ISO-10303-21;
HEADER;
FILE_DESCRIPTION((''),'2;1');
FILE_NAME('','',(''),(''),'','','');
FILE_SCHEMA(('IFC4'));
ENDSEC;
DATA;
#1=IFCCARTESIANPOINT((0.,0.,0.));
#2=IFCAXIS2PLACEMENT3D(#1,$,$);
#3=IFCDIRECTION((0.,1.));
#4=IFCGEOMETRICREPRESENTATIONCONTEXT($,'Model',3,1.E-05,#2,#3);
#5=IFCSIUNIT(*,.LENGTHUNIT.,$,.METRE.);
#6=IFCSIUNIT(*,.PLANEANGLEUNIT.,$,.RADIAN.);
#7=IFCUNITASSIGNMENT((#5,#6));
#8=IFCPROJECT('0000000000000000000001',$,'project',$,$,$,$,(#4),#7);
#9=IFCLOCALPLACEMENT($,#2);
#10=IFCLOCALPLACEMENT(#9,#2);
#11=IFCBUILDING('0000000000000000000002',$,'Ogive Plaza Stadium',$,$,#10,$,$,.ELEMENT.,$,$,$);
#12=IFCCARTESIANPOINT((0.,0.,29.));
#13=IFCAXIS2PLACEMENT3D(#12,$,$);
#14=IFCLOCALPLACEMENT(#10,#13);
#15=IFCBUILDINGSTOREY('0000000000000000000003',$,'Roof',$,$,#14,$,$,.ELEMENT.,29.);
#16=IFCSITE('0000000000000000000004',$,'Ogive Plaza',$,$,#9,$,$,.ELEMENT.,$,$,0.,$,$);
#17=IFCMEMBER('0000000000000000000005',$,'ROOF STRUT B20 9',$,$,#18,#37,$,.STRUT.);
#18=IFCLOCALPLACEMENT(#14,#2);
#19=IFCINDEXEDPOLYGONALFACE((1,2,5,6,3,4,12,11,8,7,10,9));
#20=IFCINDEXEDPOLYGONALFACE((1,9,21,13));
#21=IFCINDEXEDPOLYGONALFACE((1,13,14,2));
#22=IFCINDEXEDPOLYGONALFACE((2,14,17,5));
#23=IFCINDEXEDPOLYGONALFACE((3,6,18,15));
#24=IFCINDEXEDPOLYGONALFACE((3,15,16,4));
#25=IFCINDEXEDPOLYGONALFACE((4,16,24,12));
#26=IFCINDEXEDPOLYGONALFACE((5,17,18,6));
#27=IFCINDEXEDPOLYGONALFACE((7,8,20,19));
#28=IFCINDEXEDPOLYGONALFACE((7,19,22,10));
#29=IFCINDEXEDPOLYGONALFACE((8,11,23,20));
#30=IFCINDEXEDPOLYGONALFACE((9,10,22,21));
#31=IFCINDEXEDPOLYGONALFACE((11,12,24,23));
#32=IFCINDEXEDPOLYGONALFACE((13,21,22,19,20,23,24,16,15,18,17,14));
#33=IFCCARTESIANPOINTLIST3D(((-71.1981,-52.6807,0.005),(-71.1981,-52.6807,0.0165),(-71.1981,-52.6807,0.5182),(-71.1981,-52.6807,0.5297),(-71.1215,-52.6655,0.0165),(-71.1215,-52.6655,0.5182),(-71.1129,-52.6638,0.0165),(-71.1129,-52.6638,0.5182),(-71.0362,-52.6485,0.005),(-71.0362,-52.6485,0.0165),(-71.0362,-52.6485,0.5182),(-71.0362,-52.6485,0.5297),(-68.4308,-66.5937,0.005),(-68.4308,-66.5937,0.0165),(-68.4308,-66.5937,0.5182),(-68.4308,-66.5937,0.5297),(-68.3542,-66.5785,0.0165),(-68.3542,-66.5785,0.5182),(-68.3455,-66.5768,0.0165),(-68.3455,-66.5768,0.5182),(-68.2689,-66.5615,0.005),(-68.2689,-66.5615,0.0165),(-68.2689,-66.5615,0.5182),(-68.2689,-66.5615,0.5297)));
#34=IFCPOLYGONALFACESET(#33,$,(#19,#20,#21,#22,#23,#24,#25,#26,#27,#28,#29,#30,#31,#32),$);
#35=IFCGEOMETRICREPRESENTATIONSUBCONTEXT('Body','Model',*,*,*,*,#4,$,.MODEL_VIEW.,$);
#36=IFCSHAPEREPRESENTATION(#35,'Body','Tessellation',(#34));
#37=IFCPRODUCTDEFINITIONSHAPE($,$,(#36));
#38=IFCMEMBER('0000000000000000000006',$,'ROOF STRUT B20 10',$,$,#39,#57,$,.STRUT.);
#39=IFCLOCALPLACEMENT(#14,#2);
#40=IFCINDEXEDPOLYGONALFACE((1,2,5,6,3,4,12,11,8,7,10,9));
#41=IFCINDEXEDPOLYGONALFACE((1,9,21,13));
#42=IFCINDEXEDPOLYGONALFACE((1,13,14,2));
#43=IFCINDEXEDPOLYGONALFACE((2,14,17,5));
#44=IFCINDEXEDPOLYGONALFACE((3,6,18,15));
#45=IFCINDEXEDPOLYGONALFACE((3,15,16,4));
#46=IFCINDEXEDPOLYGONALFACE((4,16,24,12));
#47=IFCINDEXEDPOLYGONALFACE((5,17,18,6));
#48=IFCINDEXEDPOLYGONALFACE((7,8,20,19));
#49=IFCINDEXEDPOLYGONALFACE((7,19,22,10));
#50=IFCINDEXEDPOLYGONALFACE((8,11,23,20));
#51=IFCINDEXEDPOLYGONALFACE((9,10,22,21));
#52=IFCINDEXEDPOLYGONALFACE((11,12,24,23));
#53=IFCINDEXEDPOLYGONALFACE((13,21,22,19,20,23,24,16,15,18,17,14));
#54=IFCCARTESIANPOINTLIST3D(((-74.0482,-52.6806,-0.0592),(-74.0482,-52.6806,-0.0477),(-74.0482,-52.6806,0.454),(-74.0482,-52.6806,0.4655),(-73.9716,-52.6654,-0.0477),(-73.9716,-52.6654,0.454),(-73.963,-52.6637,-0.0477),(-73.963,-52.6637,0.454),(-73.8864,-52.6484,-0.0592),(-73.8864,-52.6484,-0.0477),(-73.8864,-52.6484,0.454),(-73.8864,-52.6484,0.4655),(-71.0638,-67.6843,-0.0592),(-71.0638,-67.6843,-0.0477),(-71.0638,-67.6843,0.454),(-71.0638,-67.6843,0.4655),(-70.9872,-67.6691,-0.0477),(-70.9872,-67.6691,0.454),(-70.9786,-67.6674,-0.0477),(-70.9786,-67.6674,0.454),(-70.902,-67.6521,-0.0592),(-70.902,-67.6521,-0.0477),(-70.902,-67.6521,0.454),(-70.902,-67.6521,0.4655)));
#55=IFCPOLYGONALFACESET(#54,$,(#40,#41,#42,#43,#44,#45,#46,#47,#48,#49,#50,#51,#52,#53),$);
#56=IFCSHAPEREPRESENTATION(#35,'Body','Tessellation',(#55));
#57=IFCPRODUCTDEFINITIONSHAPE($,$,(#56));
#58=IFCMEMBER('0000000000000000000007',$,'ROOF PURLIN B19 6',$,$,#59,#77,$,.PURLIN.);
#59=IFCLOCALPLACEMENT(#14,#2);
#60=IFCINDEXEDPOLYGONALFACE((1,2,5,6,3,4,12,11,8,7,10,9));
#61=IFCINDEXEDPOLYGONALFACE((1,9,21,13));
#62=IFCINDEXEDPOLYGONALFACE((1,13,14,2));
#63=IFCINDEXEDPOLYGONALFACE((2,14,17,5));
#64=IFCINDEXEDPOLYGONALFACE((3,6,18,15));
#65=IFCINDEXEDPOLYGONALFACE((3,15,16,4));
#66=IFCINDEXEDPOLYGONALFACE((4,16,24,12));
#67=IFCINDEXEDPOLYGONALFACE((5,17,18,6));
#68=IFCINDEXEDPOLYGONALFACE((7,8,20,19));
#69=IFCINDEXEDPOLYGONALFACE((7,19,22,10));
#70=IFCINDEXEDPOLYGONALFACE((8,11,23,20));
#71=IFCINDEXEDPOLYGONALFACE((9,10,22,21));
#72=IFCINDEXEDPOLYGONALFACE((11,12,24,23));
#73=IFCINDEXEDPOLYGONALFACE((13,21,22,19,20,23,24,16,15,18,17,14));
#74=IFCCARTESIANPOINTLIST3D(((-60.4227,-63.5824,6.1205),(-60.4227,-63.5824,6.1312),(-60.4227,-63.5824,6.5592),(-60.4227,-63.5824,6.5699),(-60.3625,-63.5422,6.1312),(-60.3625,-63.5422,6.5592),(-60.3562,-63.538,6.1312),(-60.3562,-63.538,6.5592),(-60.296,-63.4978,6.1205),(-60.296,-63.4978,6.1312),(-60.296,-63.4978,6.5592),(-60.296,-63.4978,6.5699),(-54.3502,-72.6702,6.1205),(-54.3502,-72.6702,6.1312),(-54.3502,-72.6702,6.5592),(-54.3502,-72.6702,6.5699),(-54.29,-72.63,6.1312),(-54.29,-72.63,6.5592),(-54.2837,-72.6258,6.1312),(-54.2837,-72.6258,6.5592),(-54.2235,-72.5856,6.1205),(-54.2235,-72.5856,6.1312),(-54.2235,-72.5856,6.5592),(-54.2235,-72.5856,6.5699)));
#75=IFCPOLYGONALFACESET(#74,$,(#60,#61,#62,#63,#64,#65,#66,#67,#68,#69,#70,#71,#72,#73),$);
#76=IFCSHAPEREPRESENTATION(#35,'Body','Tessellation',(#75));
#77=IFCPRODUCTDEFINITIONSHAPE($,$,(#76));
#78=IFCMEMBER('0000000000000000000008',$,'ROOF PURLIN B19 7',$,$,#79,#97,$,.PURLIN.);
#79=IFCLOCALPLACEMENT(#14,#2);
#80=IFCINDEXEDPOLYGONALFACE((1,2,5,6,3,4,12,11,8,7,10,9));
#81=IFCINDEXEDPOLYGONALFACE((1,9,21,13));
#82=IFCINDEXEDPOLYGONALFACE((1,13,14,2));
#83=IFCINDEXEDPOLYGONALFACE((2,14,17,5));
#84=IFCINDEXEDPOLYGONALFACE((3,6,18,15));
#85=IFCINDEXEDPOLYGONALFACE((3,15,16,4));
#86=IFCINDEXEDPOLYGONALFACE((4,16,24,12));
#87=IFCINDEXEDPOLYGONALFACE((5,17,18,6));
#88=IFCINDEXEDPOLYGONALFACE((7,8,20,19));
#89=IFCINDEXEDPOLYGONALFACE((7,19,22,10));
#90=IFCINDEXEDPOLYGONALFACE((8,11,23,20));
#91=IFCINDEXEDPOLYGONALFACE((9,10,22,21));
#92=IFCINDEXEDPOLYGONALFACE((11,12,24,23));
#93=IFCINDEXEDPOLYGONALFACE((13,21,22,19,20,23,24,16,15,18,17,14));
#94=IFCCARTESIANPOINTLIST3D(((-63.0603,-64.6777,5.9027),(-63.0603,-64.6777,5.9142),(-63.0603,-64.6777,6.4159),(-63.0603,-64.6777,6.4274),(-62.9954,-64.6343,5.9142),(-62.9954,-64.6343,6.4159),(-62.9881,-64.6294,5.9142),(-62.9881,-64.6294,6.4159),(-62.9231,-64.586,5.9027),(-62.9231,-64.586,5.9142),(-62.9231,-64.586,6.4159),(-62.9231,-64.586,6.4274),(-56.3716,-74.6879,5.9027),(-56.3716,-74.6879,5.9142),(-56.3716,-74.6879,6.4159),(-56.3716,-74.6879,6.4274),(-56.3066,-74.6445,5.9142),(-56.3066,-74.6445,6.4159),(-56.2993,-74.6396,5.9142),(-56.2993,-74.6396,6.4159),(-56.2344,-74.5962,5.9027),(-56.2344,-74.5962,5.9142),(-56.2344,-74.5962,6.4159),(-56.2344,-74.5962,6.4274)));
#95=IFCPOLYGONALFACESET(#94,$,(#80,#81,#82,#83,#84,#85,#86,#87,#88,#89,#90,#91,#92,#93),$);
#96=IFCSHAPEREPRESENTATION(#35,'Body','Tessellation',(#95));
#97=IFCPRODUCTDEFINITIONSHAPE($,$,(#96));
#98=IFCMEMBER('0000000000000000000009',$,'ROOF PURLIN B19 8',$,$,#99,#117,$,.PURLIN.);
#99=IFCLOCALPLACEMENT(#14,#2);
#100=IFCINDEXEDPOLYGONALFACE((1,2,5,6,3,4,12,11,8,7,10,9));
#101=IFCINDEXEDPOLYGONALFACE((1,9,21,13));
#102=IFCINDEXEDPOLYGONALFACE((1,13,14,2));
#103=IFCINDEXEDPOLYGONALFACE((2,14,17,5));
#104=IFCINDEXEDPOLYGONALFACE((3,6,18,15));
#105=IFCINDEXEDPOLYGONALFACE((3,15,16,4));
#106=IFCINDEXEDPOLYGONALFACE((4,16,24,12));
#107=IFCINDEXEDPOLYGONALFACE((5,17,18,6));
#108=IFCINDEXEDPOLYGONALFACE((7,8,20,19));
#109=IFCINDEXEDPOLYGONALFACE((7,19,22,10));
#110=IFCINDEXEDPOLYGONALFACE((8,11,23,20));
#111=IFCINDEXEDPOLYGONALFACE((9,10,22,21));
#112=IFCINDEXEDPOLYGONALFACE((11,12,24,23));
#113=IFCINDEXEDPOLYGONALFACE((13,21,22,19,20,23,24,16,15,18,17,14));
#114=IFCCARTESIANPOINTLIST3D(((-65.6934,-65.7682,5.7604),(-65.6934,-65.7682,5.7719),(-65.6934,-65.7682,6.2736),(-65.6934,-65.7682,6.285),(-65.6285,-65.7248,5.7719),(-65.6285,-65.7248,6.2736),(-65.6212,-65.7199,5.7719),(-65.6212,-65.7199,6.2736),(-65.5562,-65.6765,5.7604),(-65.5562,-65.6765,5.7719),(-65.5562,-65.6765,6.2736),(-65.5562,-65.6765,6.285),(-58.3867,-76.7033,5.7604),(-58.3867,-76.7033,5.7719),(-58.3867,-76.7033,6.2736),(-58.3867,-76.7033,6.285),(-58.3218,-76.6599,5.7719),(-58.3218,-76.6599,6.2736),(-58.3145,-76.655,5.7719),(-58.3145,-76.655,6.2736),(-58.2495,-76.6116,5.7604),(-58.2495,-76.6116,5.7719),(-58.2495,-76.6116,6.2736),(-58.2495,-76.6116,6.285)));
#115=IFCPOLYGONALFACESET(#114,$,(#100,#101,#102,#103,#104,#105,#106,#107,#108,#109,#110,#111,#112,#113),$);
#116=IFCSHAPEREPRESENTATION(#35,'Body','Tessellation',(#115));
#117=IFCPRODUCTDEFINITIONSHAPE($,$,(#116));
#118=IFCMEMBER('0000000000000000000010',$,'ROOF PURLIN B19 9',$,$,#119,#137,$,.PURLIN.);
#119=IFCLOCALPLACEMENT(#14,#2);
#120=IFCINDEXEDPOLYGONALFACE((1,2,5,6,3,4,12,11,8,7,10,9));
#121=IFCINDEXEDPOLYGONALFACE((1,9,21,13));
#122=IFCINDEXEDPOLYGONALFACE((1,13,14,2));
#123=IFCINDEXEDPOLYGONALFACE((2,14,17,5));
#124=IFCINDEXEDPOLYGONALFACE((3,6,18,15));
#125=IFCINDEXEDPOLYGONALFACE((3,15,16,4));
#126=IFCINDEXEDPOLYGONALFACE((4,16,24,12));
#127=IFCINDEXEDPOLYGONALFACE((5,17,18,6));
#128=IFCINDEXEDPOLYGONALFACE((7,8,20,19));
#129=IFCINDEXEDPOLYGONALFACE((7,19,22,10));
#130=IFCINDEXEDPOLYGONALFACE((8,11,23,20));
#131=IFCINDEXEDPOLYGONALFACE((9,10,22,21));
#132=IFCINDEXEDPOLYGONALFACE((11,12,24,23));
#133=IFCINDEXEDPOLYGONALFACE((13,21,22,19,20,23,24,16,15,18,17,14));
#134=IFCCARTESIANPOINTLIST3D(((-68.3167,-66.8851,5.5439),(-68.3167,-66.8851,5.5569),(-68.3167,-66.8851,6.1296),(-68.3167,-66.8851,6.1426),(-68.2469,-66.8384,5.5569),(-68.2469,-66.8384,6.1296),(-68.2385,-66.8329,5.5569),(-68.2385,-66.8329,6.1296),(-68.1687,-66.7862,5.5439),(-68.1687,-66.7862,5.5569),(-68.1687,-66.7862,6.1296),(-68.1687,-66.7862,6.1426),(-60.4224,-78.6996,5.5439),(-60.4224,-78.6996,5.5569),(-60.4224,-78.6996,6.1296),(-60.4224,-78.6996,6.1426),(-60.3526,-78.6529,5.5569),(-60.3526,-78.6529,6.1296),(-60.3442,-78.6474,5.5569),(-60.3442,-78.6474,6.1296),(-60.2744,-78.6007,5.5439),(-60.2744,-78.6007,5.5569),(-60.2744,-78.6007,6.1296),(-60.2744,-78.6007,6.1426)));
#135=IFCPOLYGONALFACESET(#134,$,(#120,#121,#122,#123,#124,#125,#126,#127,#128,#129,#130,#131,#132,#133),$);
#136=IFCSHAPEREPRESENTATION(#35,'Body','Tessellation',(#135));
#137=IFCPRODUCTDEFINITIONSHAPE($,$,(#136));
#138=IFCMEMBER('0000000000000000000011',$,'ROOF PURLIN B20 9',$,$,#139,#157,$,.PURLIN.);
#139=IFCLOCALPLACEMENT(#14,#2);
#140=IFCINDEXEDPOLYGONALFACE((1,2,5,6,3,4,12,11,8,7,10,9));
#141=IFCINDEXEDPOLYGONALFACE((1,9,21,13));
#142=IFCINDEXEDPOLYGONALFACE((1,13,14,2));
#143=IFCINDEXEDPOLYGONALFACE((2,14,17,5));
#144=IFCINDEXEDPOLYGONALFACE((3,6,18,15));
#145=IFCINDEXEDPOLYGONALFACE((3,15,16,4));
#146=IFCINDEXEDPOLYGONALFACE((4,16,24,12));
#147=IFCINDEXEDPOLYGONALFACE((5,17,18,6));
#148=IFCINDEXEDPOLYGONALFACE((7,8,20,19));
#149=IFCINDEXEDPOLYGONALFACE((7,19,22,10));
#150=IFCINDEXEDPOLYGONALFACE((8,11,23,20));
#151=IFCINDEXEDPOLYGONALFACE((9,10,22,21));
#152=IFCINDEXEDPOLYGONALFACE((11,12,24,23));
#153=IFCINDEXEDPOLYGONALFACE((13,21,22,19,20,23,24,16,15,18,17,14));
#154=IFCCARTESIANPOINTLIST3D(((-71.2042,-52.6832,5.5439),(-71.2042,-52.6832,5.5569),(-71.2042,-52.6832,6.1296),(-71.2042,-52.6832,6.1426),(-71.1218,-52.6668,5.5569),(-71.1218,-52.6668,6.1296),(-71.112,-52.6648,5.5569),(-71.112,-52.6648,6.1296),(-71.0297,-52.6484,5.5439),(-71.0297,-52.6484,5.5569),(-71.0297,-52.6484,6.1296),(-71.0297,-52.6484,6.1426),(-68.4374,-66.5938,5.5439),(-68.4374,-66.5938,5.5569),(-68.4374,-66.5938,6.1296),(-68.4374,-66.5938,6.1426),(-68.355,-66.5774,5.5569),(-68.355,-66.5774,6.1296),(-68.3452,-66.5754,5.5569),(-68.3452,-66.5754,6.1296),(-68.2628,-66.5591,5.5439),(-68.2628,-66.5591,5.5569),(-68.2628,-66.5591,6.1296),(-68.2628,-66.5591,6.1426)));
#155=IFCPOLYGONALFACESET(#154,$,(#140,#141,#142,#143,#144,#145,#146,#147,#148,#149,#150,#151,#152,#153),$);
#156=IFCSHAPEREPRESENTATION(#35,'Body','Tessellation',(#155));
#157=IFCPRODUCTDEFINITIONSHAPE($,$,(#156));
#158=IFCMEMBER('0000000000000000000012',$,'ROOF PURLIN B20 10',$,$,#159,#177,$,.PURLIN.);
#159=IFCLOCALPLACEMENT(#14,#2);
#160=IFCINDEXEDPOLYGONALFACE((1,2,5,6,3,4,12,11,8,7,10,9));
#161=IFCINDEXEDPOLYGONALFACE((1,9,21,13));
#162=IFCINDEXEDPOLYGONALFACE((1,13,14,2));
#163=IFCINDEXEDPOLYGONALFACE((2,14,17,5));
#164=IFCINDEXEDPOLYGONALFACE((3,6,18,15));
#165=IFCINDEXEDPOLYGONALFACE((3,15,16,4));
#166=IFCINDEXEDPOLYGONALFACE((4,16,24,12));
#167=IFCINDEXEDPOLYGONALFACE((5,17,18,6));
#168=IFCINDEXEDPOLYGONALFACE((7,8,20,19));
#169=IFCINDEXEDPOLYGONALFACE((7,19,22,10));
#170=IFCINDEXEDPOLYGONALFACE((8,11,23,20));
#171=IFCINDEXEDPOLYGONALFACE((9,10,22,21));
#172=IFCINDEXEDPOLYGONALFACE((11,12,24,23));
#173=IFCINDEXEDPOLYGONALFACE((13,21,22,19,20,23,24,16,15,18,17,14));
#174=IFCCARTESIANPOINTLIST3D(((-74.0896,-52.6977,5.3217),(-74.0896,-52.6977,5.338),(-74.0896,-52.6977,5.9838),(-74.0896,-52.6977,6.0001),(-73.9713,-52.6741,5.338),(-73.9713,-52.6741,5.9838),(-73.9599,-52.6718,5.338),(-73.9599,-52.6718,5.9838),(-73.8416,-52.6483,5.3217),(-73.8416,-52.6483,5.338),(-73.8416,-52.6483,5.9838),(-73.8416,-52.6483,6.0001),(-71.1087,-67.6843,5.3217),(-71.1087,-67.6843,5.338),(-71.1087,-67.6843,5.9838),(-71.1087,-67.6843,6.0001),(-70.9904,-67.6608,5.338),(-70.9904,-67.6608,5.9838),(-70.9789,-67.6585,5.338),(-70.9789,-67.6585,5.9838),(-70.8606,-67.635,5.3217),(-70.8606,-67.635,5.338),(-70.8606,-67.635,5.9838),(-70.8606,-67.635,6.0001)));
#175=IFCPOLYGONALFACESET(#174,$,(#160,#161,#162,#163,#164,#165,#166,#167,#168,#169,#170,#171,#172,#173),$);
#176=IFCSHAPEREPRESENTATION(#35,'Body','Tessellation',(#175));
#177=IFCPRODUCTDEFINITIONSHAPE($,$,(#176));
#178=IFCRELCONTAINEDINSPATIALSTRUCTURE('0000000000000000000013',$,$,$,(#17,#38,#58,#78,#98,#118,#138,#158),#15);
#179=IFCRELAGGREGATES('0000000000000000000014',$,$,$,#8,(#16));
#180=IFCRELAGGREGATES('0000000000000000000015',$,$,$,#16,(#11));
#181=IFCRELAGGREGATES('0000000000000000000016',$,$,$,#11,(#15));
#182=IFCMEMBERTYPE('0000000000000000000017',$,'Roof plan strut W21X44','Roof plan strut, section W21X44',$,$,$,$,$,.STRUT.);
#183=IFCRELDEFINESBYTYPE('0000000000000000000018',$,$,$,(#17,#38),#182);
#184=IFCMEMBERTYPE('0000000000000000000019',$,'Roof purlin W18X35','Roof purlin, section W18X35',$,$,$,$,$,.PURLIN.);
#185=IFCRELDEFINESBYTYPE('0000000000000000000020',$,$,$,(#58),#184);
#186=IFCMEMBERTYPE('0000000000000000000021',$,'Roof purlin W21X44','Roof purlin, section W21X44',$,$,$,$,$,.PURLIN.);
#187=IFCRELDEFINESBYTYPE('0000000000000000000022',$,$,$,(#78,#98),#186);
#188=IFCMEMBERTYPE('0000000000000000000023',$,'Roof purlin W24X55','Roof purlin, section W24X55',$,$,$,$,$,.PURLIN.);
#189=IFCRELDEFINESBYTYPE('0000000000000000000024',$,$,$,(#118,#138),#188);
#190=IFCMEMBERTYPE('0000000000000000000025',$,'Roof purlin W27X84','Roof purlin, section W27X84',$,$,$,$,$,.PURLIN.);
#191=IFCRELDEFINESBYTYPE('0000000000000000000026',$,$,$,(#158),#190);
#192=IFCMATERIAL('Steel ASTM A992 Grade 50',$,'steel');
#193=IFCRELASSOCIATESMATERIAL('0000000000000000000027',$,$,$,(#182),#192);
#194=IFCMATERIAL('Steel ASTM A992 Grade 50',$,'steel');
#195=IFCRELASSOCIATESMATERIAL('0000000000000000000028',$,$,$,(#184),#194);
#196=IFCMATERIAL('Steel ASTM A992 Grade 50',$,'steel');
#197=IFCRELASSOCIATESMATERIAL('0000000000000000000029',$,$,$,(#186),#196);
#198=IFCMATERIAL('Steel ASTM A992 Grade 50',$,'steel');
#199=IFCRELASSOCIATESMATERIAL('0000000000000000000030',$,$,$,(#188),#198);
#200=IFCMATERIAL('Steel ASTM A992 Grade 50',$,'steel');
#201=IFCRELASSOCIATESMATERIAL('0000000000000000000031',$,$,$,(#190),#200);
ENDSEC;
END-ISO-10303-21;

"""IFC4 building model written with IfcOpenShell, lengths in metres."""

from ifc_helpers import new_model, si_unit, direction, frame, origin, origin_2d, place, context, subcontext, project, spatial, i_section, extrude, material, material_profile, profile_set, type_object, element, save


model = new_model("IFC4")

# Units and contexts
model_context = context("Model", 3, precision=1e-05, world=origin(), true_north=direction((0.0, 1.0)))
body_context = subcontext(model_context, "Body", "Model", "MODEL_VIEW")
ifc_project = project(units=[si_unit("LENGTHUNIT", "METRE"), si_unit("PLANEANGLEUNIT", "RADIAN")], contexts=[model_context])

# Site, building, storey
site_placement = place(None, origin())
site = spatial("IfcSite", under=ifc_project, at=site_placement, Name="Ogive Plaza", CompositionType="ELEMENT", RefElevation=0.0)
building_placement = place(site_placement, origin())
building = spatial("IfcBuilding", under=site, at=building_placement, Name="Ogive Plaza Stadium", CompositionType="ELEMENT")
storey_placement = place(building_placement, frame((0.0, 0.0, 29.0)))
storey = spatial("IfcBuildingStorey", under=building, at=storey_placement, Name="Roof", CompositionType="ELEMENT", Elevation=29.0)

# Members
ifc_material_1 = material(Name="Steel ASTM A992 Grade 50", Category="steel")
ifc_material_profile_1 = material_profile(ifc_material_1, i_section(OverallWidth=0.165, OverallDepth=0.5247, WebThickness=0.0088, FlangeThickness=0.0115, at=origin_2d()), Name="W21X44")
ifc_profile_set_1 = profile_set([ifc_material_profile_1], Name="Steel ASTM A992 Grade 50")
member_type_1 = type_object("IfcMemberType", Name="Roof plan strut W21X44", Description="Roof plan strut, section W21X44", PredefinedType="STRUT", material=ifc_profile_set_1)
member_1_placement = place(storey_placement, frame((-68.3499, -66.5776, 0.2673), z_axis=(-0.19508, 0.980787, 0.0), x_axis=(-0.980787, -0.19508, 0.0)))
element("IfcMember", 1, at=member_1_placement, inside=storey, type_object=member_type_1, Name="ROOF STRUT B20 9", PredefinedType="STRUT", context=body_context, shape_type="SweptSolid", body=[
    extrude(i_section(OverallWidth=0.165, OverallDepth=0.5247, WebThickness=0.0088, FlangeThickness=0.0115, at=origin_2d()), origin(), (0.0, 0.0, 1.0), 14.1855),
])
member_2_placement = place(storey_placement, frame((-70.9829, -67.6682, 0.2031), z_axis=(-0.195088, 0.980786, 0.0), x_axis=(-0.980786, -0.195088, 0.0)))
element("IfcMember", 2, at=member_2_placement, inside=storey, type_object=member_type_1, Name="ROOF STRUT B20 10", PredefinedType="STRUT", context=body_context, shape_type="SweptSolid", body=[
    extrude(i_section(OverallWidth=0.165, OverallDepth=0.5247, WebThickness=0.0088, FlangeThickness=0.0115, at=origin_2d()), origin(), (0.0, 0.0, 1.0), 15.2976),
])
ifc_material_2 = material(Name="Steel ASTM A992 Grade 50", Category="steel")
ifc_material_profile_2 = material_profile(ifc_material_2, i_section(OverallWidth=0.1523, OverallDepth=0.4495, WebThickness=0.0076, FlangeThickness=0.0107, at=origin_2d()), Name="W18X35")
ifc_profile_set_2 = profile_set([ifc_material_profile_2], Name="Steel ASTM A992 Grade 50")
member_type_2 = type_object("IfcMemberType", Name="Roof purlin W18X35", Description="Roof purlin, section W18X35", PredefinedType="PURLIN", material=ifc_profile_set_2)
member_3_placement = place(storey_placement, frame((-54.2869, -72.6279, 6.3452), z_axis=(-0.555581, 0.831462, 0.0), x_axis=(-0.831462, -0.555581, 0.0)))
element("IfcMember", 3, at=member_3_placement, inside=storey, type_object=member_type_2, Name="ROOF PURLIN B19 6", PredefinedType="PURLIN", context=body_context, shape_type="SweptSolid", body=[
    extrude(i_section(OverallWidth=0.1523, OverallDepth=0.4495, WebThickness=0.0076, FlangeThickness=0.0107, at=origin_2d()), origin(), (0.0, 0.0, 1.0), 10.9299),
])
ifc_material_3 = material(Name="Steel ASTM A992 Grade 50", Category="steel")
ifc_material_profile_3 = material_profile(ifc_material_3, i_section(OverallWidth=0.165, OverallDepth=0.5247, WebThickness=0.0088, FlangeThickness=0.0115, at=origin_2d()), Name="W21X44")
ifc_profile_set_3 = profile_set([ifc_material_profile_3], Name="Steel ASTM A992 Grade 50")
member_type_3 = type_object("IfcMemberType", Name="Roof purlin W21X44", Description="Roof purlin, section W21X44", PredefinedType="PURLIN", material=ifc_profile_set_3)
member_4_placement = place(storey_placement, frame((-56.303, -74.6421, 6.165), z_axis=(-0.555575, 0.831466, 0.0), x_axis=(-0.831466, -0.555575, 0.0)))
element("IfcMember", 4, at=member_4_placement, inside=storey, type_object=member_type_3, Name="ROOF PURLIN B19 7", PredefinedType="PURLIN", context=body_context, shape_type="SweptSolid", body=[
    extrude(i_section(OverallWidth=0.165, OverallDepth=0.5247, WebThickness=0.0088, FlangeThickness=0.0115, at=origin_2d()), origin(), (0.0, 0.0, 1.0), 12.0393),
])
member_5_placement = place(storey_placement, frame((-58.3181, -76.6575, 6.0227), z_axis=(-0.555574, 0.831467, 0.0), x_axis=(-0.831467, -0.555574, 0.0)))
element("IfcMember", 5, at=member_5_placement, inside=storey, type_object=member_type_3, Name="ROOF PURLIN B19 8", PredefinedType="PURLIN", context=body_context, shape_type="SweptSolid", body=[
    extrude(i_section(OverallWidth=0.165, OverallDepth=0.5247, WebThickness=0.0088, FlangeThickness=0.0115, at=origin_2d()), origin(), (0.0, 0.0, 1.0), 13.1516),
])
ifc_material_4 = material(Name="Steel ASTM A992 Grade 50", Category="steel")
ifc_material_profile_4 = material_profile(ifc_material_4, i_section(OverallWidth=0.178, OverallDepth=0.5986, WebThickness=0.01, FlangeThickness=0.0129, at=origin_2d()), Name="W24X55")
ifc_profile_set_4 = profile_set([ifc_material_profile_4], Name="Steel ASTM A992 Grade 50")
member_type_4 = type_object("IfcMemberType", Name="Roof purlin W24X55", Description="Roof purlin, section W24X55", PredefinedType="PURLIN", material=ifc_profile_set_4)
member_6_placement = place(storey_placement, frame((-60.3484, -78.6501, 5.8433), z_axis=(-0.555576, 0.831466, 0.0), x_axis=(-0.831466, -0.555576, 0.0)))
element("IfcMember", 6, at=member_6_placement, inside=storey, type_object=member_type_4, Name="ROOF PURLIN B19 9", PredefinedType="PURLIN", context=body_context, shape_type="SweptSolid", body=[
    extrude(i_section(OverallWidth=0.178, OverallDepth=0.5986, WebThickness=0.01, FlangeThickness=0.0129, at=origin_2d()), origin(), (0.0, 0.0, 1.0), 14.2092),
])
member_7_placement = place(storey_placement, frame((-68.3501, -66.5764, 5.8433), z_axis=(-0.19508, 0.980787, 0.0), x_axis=(-0.980787, -0.19508, 0.0)))
element("IfcMember", 7, at=member_7_placement, inside=storey, type_object=member_type_4, Name="ROOF PURLIN B20 9", PredefinedType="PURLIN", context=body_context, shape_type="SweptSolid", body=[
    extrude(i_section(OverallWidth=0.178, OverallDepth=0.5986, WebThickness=0.01, FlangeThickness=0.0129, at=origin_2d()), origin(), (0.0, 0.0, 1.0), 14.1831),
])
ifc_material_5 = material(Name="Steel ASTM A992 Grade 50", Category="steel")
ifc_material_profile_5 = material_profile(ifc_material_5, i_section(OverallWidth=0.2529, OverallDepth=0.6785, WebThickness=0.0117, FlangeThickness=0.0164, at=origin_2d()), Name="W27X84")
ifc_profile_set_5 = profile_set([ifc_material_profile_5], Name="Steel ASTM A992 Grade 50")
member_type_5 = type_object("IfcMemberType", Name="Roof purlin W27X84", Description="Roof purlin, section W27X84", PredefinedType="PURLIN", material=ifc_profile_set_5)
member_8_placement = place(storey_placement, frame((-70.9846, -67.6597, 5.6609), z_axis=(-0.195087, 0.980786, 0.0), x_axis=(-0.980786, -0.195087, 0.0)))
element("IfcMember", 8, at=member_8_placement, inside=storey, type_object=member_type_5, Name="ROOF PURLIN B20 10", PredefinedType="PURLIN", context=body_context, shape_type="SweptSolid", body=[
    extrude(i_section(OverallWidth=0.2529, OverallDepth=0.6785, WebThickness=0.0117, FlangeThickness=0.0164, at=origin_2d()), origin(), (0.0, 0.0, 1.0), 15.2803),
])

save(model, "model.ifc")
